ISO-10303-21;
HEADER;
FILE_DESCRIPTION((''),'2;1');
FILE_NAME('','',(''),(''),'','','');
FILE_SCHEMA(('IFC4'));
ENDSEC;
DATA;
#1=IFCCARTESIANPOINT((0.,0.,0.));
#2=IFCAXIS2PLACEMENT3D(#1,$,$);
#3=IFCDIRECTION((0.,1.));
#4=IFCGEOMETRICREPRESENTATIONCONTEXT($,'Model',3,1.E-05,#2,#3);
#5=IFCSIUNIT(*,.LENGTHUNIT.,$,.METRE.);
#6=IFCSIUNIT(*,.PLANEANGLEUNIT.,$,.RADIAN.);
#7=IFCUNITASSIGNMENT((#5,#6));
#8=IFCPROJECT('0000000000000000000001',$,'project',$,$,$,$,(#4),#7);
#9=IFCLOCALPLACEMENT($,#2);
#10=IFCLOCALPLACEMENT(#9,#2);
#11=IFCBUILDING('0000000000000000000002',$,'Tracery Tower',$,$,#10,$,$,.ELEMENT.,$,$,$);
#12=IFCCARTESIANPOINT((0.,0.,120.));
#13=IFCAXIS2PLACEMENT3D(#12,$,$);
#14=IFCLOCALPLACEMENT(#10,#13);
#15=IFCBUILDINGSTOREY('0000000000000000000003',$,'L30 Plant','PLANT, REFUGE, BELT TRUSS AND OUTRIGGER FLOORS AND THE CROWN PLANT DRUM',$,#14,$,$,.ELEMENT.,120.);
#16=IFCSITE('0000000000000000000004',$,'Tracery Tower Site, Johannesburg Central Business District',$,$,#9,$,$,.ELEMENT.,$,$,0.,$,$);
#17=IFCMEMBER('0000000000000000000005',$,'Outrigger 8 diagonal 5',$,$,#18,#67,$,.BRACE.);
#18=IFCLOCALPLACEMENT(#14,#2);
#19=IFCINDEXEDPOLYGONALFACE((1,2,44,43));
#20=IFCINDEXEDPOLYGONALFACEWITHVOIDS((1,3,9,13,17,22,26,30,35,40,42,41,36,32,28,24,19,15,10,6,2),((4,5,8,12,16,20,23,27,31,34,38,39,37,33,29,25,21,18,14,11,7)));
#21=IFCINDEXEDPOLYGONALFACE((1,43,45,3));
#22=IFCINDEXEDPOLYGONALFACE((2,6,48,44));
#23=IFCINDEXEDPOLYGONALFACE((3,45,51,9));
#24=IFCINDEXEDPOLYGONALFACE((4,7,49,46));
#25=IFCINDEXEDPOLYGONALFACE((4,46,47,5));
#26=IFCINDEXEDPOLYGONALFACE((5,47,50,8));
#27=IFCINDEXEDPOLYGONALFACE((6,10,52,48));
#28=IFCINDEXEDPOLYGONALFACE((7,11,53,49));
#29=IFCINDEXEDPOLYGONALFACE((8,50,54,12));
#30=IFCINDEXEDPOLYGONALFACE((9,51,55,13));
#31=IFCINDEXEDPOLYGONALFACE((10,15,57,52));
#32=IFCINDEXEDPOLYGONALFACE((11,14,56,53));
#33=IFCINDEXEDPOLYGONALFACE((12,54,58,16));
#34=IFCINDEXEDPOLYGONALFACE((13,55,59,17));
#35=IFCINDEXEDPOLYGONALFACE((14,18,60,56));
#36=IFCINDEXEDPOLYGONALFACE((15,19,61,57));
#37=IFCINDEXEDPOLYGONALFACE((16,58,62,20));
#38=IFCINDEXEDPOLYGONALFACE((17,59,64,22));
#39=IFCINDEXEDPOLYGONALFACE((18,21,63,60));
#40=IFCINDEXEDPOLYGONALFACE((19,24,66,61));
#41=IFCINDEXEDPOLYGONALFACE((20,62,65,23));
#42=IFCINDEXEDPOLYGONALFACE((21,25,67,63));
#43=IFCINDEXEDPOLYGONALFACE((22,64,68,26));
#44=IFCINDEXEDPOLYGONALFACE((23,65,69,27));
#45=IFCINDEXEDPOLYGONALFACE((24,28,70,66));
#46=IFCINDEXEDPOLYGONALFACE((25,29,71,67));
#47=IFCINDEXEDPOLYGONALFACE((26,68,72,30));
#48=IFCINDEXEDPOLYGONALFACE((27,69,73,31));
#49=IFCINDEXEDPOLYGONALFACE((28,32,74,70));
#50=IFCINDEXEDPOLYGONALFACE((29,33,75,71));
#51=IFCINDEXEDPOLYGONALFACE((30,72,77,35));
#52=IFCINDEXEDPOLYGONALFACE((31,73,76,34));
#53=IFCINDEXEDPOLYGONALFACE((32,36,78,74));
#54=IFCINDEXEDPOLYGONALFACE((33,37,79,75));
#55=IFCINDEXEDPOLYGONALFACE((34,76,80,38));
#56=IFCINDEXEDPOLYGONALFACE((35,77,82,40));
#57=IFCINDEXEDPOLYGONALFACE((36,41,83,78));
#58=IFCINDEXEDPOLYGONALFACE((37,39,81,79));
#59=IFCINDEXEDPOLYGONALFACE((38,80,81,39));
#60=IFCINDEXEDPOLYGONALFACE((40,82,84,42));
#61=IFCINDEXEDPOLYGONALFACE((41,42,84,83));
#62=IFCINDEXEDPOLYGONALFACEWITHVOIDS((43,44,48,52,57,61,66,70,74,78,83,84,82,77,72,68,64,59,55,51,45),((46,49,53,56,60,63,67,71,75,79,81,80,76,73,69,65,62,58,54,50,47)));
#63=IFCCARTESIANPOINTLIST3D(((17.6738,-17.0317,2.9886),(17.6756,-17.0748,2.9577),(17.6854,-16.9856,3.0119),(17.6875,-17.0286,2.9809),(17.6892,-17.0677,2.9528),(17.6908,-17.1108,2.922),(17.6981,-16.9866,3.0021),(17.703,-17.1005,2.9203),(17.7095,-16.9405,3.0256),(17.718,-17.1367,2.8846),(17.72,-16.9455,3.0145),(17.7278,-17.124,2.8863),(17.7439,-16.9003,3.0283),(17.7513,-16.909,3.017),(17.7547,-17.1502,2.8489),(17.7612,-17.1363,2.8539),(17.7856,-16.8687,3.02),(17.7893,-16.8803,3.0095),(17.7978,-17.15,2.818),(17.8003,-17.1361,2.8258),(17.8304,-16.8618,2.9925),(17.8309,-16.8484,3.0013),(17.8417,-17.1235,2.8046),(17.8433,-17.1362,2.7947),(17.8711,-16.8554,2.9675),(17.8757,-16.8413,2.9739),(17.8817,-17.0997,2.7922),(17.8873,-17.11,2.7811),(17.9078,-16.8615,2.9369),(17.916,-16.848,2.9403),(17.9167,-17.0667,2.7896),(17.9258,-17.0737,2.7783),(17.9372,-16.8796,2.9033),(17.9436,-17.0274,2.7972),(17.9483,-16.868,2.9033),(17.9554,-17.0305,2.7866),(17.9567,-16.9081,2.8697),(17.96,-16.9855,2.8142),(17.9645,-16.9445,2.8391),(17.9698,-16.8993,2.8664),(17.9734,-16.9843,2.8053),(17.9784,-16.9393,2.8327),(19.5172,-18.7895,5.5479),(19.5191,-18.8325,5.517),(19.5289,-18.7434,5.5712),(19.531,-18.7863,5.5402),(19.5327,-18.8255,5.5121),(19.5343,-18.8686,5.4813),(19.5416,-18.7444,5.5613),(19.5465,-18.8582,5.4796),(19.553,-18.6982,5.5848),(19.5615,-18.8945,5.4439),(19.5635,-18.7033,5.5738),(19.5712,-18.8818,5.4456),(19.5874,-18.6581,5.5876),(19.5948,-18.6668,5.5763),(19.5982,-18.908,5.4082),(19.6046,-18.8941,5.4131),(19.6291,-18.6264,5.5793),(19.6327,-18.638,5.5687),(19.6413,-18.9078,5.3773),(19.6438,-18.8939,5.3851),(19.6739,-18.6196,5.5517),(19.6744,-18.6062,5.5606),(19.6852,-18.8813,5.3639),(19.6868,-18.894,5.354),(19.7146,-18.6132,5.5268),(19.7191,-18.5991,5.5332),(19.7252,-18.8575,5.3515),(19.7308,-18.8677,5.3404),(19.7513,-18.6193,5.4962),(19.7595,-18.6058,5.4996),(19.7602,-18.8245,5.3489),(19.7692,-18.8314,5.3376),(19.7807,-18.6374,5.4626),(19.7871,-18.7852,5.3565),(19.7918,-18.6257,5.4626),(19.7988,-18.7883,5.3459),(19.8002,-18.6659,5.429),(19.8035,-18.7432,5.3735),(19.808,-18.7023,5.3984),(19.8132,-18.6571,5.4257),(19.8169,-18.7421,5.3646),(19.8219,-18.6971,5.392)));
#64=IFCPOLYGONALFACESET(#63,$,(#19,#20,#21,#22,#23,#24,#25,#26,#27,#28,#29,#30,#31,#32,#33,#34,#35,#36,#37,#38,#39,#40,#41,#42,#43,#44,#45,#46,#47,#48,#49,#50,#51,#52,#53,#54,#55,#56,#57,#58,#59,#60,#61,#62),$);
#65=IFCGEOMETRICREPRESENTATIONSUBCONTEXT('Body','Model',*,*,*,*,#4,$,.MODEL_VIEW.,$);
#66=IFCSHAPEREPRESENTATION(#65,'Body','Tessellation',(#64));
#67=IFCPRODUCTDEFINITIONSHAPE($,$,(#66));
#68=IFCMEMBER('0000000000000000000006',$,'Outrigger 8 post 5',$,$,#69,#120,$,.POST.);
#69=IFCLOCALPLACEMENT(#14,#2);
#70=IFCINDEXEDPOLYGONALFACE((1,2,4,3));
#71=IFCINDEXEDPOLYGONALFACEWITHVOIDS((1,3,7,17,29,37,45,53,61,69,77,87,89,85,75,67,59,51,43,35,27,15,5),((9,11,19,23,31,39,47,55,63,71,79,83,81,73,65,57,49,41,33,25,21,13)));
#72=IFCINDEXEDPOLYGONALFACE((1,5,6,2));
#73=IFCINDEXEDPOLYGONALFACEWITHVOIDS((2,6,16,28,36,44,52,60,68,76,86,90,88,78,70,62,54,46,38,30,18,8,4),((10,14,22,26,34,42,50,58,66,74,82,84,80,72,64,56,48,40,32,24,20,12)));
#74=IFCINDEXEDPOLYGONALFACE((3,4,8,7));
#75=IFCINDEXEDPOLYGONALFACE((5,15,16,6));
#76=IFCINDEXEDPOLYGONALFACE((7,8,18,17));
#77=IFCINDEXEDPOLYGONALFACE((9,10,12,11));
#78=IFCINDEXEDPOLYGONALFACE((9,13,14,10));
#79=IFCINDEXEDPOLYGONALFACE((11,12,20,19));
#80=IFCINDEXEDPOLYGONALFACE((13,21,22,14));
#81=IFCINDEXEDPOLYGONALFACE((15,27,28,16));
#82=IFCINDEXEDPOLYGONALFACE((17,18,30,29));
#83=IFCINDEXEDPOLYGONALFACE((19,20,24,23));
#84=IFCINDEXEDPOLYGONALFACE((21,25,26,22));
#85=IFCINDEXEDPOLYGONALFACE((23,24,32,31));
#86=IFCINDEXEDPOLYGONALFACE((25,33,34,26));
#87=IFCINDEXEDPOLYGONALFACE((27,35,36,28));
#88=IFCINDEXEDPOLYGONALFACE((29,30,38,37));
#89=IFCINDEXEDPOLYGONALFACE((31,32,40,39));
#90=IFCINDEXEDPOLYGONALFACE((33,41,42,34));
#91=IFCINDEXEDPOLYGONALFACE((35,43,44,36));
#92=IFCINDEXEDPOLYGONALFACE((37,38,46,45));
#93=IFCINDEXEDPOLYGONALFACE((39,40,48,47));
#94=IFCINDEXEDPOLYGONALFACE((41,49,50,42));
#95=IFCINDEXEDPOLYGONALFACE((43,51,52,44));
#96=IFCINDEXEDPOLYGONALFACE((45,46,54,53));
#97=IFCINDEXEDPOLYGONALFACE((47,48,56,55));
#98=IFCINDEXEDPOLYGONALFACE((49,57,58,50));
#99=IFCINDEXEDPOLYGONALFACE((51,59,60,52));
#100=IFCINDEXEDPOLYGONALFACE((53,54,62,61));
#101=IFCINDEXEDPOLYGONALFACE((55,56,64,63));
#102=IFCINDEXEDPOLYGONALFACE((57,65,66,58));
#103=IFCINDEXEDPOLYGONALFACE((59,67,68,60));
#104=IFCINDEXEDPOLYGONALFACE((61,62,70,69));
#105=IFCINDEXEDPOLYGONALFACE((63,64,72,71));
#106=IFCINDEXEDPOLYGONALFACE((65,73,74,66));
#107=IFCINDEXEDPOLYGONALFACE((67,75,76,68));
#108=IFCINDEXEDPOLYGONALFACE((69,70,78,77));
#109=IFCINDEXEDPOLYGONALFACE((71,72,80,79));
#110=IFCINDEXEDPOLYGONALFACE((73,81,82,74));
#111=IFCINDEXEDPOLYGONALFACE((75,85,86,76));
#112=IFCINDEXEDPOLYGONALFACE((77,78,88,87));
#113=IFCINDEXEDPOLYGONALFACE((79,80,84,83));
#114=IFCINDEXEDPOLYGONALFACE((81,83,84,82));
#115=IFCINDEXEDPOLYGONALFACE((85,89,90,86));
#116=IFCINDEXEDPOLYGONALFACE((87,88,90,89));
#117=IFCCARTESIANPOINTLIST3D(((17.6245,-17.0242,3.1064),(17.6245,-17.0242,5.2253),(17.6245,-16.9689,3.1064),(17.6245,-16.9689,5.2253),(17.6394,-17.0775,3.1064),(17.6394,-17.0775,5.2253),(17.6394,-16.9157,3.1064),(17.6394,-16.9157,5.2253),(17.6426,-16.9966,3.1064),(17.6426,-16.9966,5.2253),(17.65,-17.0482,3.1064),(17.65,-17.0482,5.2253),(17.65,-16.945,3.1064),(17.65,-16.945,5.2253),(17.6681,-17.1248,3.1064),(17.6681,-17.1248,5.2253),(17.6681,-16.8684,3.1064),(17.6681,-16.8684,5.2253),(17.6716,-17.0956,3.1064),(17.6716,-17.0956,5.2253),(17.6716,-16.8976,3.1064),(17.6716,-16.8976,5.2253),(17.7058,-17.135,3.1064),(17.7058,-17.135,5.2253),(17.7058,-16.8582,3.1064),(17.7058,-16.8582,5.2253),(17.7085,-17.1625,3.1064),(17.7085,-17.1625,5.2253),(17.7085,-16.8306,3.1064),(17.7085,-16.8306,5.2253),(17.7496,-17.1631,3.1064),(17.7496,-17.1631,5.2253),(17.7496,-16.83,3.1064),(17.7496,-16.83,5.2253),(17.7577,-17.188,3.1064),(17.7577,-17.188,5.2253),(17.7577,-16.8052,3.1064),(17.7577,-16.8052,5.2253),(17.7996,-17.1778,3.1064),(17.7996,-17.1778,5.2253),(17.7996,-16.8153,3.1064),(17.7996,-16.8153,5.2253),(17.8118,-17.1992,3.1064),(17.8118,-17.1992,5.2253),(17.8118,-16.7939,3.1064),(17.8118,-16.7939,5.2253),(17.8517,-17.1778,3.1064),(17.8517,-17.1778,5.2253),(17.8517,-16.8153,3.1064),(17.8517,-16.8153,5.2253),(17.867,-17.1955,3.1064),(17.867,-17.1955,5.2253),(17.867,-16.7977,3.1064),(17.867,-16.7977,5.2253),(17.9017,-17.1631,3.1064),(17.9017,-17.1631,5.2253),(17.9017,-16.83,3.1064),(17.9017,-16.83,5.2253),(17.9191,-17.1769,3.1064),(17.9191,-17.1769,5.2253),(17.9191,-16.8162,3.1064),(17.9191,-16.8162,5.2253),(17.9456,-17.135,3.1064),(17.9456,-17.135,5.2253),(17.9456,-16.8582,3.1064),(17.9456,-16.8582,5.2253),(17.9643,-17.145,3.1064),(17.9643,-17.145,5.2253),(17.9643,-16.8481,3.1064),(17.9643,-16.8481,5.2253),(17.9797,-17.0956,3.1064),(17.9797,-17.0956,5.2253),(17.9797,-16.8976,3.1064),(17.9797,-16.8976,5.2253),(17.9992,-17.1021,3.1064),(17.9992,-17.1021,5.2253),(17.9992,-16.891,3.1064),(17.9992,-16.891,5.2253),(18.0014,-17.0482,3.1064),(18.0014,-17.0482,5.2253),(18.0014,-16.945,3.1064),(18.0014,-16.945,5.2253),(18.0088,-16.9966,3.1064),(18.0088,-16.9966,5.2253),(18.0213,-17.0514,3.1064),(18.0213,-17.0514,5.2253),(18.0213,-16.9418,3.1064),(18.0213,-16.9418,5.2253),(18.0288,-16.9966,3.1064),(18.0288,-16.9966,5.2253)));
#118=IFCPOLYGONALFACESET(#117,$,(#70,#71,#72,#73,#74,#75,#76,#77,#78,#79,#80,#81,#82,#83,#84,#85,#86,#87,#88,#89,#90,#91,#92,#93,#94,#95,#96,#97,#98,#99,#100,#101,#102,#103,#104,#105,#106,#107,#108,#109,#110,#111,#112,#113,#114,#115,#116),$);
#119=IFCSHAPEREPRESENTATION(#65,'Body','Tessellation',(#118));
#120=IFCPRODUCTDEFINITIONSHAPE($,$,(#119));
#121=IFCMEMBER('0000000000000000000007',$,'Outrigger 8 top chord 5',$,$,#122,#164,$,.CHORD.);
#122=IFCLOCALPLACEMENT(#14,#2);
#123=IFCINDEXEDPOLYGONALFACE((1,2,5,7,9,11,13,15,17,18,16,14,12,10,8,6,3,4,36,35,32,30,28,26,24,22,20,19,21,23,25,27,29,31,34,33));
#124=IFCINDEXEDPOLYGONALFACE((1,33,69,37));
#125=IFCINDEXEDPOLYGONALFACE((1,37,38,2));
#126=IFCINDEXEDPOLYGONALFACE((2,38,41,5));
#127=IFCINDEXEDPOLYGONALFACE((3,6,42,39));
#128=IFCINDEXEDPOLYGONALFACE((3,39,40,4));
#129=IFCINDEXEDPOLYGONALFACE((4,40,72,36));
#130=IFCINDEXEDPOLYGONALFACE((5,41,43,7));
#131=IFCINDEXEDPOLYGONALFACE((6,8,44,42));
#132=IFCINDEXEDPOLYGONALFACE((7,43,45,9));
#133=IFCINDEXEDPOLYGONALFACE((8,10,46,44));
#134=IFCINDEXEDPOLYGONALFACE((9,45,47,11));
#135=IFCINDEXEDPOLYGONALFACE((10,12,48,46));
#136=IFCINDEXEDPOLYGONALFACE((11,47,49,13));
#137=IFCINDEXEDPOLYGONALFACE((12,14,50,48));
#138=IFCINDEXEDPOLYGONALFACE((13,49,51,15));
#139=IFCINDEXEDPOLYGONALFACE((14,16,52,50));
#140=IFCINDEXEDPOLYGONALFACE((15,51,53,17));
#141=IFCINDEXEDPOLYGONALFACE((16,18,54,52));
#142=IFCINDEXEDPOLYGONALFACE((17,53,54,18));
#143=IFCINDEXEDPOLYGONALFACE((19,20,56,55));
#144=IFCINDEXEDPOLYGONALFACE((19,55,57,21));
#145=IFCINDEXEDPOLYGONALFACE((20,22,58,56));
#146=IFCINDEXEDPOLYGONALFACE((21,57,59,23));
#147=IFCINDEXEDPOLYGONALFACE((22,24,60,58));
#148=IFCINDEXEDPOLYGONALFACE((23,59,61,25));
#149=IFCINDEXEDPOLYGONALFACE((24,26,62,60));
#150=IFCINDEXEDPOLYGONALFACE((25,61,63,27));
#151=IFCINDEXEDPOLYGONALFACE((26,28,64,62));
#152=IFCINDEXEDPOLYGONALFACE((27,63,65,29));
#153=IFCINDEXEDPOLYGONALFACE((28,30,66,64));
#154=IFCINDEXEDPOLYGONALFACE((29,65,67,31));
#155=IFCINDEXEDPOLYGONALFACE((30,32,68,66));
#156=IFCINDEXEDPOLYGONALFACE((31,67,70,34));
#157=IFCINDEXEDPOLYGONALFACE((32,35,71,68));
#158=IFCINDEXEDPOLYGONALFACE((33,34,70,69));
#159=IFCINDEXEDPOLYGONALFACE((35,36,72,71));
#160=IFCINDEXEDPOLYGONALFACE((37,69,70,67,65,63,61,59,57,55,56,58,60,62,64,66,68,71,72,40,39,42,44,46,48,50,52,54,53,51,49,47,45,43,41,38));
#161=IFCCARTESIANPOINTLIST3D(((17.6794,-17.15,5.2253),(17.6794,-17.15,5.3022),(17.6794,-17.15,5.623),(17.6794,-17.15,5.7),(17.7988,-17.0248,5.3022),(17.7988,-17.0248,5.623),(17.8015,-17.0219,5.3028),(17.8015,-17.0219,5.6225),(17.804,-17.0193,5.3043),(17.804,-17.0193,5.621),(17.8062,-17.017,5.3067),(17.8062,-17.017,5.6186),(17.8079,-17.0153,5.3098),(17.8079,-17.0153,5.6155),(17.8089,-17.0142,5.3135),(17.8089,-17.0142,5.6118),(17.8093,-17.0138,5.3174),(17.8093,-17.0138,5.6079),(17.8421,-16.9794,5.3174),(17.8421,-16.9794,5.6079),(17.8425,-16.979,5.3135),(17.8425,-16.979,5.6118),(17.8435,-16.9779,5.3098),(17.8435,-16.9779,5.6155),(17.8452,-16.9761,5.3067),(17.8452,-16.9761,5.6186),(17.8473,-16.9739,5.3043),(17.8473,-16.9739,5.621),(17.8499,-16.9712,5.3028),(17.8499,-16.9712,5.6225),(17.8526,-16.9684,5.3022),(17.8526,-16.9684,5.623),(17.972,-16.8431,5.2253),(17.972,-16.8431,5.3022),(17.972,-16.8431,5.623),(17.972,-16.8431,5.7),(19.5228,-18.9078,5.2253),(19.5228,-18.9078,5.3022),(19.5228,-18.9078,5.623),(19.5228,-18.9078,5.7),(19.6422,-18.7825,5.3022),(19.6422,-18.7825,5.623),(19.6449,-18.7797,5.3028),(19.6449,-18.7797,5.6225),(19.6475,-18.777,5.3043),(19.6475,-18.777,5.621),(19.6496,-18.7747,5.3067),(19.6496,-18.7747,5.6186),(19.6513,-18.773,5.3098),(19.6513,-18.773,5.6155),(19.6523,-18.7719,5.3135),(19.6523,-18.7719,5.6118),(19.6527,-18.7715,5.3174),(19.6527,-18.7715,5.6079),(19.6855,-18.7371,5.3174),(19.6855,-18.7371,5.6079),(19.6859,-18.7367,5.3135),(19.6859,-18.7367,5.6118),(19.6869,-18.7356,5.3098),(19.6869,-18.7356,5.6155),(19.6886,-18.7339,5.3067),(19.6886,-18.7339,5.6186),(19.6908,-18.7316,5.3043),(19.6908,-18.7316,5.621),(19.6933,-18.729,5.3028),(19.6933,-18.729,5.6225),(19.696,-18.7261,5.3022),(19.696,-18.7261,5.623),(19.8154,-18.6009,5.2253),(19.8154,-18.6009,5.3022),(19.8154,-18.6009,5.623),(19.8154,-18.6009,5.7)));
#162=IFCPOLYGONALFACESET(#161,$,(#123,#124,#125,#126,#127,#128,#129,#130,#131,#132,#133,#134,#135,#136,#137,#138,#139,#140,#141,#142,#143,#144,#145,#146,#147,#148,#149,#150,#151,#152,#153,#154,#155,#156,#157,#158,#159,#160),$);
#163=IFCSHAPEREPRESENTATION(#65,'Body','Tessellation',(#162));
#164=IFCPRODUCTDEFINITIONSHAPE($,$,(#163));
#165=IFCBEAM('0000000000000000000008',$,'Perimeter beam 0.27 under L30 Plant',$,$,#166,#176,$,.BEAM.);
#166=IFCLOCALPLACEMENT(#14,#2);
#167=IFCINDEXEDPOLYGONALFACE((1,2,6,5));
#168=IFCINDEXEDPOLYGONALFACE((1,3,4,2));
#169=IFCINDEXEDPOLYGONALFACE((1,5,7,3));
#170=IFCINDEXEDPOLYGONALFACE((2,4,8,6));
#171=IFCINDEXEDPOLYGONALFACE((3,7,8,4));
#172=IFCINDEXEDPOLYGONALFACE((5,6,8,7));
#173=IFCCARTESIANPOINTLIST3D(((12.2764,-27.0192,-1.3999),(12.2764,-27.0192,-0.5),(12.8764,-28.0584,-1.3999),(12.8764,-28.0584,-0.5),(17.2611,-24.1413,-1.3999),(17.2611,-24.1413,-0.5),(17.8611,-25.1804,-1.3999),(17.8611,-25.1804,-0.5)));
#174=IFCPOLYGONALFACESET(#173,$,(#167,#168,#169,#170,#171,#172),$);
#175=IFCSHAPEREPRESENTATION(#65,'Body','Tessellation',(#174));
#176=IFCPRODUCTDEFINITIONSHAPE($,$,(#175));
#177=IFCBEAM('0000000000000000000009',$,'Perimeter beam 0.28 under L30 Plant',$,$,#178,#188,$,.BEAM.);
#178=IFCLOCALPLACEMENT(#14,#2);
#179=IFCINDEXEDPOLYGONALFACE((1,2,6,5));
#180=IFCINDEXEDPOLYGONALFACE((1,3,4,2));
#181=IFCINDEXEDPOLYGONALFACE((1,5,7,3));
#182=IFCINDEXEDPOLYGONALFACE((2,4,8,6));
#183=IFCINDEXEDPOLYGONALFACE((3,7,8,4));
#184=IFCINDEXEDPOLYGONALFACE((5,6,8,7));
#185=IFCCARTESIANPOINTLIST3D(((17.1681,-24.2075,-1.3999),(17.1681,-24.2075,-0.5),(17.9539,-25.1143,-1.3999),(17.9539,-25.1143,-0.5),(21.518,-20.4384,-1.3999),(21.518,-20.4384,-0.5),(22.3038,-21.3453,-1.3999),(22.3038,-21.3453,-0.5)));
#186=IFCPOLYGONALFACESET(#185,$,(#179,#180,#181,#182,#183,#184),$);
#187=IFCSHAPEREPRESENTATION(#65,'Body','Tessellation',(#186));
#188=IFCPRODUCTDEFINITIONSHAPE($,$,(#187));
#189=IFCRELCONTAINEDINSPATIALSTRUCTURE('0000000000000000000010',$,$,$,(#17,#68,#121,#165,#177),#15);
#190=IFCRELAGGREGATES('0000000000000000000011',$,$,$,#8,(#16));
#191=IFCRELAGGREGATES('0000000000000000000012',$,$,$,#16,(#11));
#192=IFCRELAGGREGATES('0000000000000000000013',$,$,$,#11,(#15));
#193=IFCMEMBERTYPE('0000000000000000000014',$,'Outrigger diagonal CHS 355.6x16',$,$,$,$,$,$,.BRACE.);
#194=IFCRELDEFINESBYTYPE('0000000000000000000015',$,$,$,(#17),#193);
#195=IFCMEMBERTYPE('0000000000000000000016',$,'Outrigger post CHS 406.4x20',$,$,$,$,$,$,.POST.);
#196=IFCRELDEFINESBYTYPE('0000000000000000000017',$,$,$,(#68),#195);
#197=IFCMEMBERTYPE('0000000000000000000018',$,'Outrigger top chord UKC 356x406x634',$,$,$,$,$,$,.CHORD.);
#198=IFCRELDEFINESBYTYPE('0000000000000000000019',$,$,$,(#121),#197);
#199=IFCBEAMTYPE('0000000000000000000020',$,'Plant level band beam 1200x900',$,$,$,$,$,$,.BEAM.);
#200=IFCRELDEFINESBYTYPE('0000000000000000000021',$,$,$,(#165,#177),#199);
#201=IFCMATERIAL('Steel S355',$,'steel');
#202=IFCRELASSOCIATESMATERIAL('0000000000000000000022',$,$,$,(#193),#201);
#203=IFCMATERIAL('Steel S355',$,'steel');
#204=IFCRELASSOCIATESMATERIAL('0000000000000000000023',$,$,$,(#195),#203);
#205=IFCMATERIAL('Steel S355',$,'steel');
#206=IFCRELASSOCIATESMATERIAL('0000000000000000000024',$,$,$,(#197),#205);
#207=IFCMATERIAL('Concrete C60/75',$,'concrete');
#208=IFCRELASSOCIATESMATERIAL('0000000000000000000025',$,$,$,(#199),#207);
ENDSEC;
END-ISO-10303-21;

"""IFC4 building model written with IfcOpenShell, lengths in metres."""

from ifc_helpers import new_model, si_unit, direction, frame, origin, origin_2d, place, context, subcontext, project, spatial, rectangle, hollow_circle, i_section, extrude, material, material_profile, profile_set, type_object, element, save


model = new_model("IFC4")

# Units and contexts
model_context = context("Model", 3, precision=1e-05, world=origin(), true_north=direction((0.0, 1.0)))
body_context = subcontext(model_context, "Body", "Model", "MODEL_VIEW")
ifc_project = project(units=[si_unit("LENGTHUNIT", "METRE"), si_unit("PLANEANGLEUNIT", "RADIAN")], contexts=[model_context])

# Site, building, storey
site_placement = place(None, origin())
site = spatial("IfcSite", under=ifc_project, at=site_placement, Name="Tracery Tower Site, Johannesburg Central Business District", CompositionType="ELEMENT", RefElevation=0.0)
building_placement = place(site_placement, origin())
building = spatial("IfcBuilding", under=site, at=building_placement, Name="Tracery Tower", CompositionType="ELEMENT")
storey_placement = place(building_placement, frame((0.0, 0.0, 120.0)))
storey = spatial("IfcBuildingStorey", under=building, at=storey_placement, Name="L30 Plant", Description="PLANT, REFUGE, BELT TRUSS AND OUTRIGGER FLOORS AND THE CROWN PLANT DRUM", CompositionType="ELEMENT", Elevation=120.0)

# Members
ifc_material_1 = material(Name="Steel S355", Category="steel")
ifc_material_profile_1 = material_profile(ifc_material_1, hollow_circle(Radius=0.1777, WallThickness=0.0161, at=origin_2d()), Name="CHS 355.6x16")
ifc_profile_set_1 = profile_set([ifc_material_profile_1], Name="Steel S355")
member_type_1 = type_object("IfcMemberType", Name="Outrigger diagonal CHS 355.6x16", PredefinedType="BRACE", material=ifc_profile_set_1)
member_1_placement = place(storey_placement, frame((17.8257, -16.9966, 2.9033), z_axis=(0.51054, -0.486808, 0.708779), x_axis=(0.690086, 0.723728, 0.0)))
element("IfcMember", 1, at=member_1_placement, inside=storey, type_object=member_type_1, Name="Outrigger 8 diagonal 5", PredefinedType="BRACE", context=body_context, shape_type="SweptSolid", body=[
    extrude(hollow_circle(Radius=0.1777, WallThickness=0.0161, at=origin_2d()), origin(), (0.0, 0.0, 1.0), 3.6108),
])
ifc_material_2 = material(Name="Steel S355", Category="steel")
ifc_material_profile_2 = material_profile(ifc_material_2, hollow_circle(Radius=0.2031, WallThickness=0.02, at=origin_2d()), Name="CHS 406.4x20")
ifc_profile_set_2 = profile_set([ifc_material_profile_2], Name="Steel S355")
member_type_2 = type_object("IfcMemberType", Name="Outrigger post CHS 406.4x20", PredefinedType="POST", material=ifc_profile_set_2)
member_2_placement = place(storey_placement, frame((17.8257, -16.9966, 3.1064), z_axis=(0.0, 0.0, 1.0), x_axis=(1.0, 0.0, 0.0)))
element("IfcMember", 2, at=member_2_placement, inside=storey, type_object=member_type_2, Name="Outrigger 8 post 5", PredefinedType="POST", context=body_context, shape_type="SweptSolid", body=[
    extrude(hollow_circle(Radius=0.2031, WallThickness=0.02, at=origin_2d()), origin(), (0.0, 0.0, 1.0), 2.1189),
])
ifc_material_3 = material(Name="Steel S355", Category="steel")
ifc_material_profile_3 = material_profile(ifc_material_3, i_section(OverallWidth=0.4241, OverallDepth=0.4746, WebThickness=0.0476, FlangeThickness=0.0769, FilletRadius=0.0151, at=origin_2d()), Name="UKC 356x406x634")
ifc_profile_set_3 = profile_set([ifc_material_profile_3], Name="Steel S355")
member_type_3 = type_object("IfcMemberType", Name="Outrigger top chord UKC 356x406x634", PredefinedType="CHORD", material=ifc_profile_set_3)
member_3_placement = place(storey_placement, frame((17.8257, -16.9966, 5.4626), z_axis=(0.723728, -0.690086, 0.0), x_axis=(0.690086, 0.723728, 0.0)))
element("IfcMember", 3, at=member_3_placement, inside=storey, type_object=member_type_3, Name="Outrigger 8 top chord 5", PredefinedType="CHORD", context=body_context, shape_type="SweptSolid", body=[
    extrude(i_section(OverallWidth=0.4241, OverallDepth=0.4746, WebThickness=0.0476, FlangeThickness=0.0769, FilletRadius=0.0151, at=origin_2d()), origin(), (0.0, 0.0, 1.0), 2.5471),
])

# Beams
ifc_material_4 = material(Name="Concrete C60/75", Category="concrete")
ifc_material_profile_4 = material_profile(ifc_material_4, rectangle(XDim=1.2, YDim=0.8999, at=origin_2d()), Name="RC 1200x900")
ifc_profile_set_4 = profile_set([ifc_material_profile_4], Name="Concrete C60/75")
beam_type = type_object("IfcBeamType", Name="Plant level band beam 1200x900", PredefinedType="BEAM", material=ifc_profile_set_4)
beam_1_placement = place(storey_placement, frame((12.5764, -27.5388, -0.95), z_axis=(0.866021, 0.500008, 0.0), x_axis=(-0.500008, 0.866021, 0.0)))
element("IfcBeam", 4, at=beam_1_placement, inside=storey, type_object=beam_type, Name="Perimeter beam 0.27 under L30 Plant", PredefinedType="BEAM", context=body_context, shape_type="SweptSolid", body=[
    extrude(rectangle(XDim=1.2, YDim=0.8999, at=origin_2d()), origin(), (0.0, 0.0, 1.0), 5.7559),
])
beam_2_placement = place(storey_placement, frame((17.561, -24.6609, -0.95), z_axis=(0.75576, 0.654848, 0.0), x_axis=(-0.654848, 0.75576, 0.0)))
element("IfcBeam", 5, at=beam_2_placement, inside=storey, type_object=beam_type, Name="Perimeter beam 0.28 under L30 Plant", PredefinedType="BEAM", context=body_context, shape_type="SweptSolid", body=[
    extrude(rectangle(XDim=1.2, YDim=0.8999, at=origin_2d()), origin(), (0.0, 0.0, 1.0), 5.7556),
])

save(model, "model.ifc")
